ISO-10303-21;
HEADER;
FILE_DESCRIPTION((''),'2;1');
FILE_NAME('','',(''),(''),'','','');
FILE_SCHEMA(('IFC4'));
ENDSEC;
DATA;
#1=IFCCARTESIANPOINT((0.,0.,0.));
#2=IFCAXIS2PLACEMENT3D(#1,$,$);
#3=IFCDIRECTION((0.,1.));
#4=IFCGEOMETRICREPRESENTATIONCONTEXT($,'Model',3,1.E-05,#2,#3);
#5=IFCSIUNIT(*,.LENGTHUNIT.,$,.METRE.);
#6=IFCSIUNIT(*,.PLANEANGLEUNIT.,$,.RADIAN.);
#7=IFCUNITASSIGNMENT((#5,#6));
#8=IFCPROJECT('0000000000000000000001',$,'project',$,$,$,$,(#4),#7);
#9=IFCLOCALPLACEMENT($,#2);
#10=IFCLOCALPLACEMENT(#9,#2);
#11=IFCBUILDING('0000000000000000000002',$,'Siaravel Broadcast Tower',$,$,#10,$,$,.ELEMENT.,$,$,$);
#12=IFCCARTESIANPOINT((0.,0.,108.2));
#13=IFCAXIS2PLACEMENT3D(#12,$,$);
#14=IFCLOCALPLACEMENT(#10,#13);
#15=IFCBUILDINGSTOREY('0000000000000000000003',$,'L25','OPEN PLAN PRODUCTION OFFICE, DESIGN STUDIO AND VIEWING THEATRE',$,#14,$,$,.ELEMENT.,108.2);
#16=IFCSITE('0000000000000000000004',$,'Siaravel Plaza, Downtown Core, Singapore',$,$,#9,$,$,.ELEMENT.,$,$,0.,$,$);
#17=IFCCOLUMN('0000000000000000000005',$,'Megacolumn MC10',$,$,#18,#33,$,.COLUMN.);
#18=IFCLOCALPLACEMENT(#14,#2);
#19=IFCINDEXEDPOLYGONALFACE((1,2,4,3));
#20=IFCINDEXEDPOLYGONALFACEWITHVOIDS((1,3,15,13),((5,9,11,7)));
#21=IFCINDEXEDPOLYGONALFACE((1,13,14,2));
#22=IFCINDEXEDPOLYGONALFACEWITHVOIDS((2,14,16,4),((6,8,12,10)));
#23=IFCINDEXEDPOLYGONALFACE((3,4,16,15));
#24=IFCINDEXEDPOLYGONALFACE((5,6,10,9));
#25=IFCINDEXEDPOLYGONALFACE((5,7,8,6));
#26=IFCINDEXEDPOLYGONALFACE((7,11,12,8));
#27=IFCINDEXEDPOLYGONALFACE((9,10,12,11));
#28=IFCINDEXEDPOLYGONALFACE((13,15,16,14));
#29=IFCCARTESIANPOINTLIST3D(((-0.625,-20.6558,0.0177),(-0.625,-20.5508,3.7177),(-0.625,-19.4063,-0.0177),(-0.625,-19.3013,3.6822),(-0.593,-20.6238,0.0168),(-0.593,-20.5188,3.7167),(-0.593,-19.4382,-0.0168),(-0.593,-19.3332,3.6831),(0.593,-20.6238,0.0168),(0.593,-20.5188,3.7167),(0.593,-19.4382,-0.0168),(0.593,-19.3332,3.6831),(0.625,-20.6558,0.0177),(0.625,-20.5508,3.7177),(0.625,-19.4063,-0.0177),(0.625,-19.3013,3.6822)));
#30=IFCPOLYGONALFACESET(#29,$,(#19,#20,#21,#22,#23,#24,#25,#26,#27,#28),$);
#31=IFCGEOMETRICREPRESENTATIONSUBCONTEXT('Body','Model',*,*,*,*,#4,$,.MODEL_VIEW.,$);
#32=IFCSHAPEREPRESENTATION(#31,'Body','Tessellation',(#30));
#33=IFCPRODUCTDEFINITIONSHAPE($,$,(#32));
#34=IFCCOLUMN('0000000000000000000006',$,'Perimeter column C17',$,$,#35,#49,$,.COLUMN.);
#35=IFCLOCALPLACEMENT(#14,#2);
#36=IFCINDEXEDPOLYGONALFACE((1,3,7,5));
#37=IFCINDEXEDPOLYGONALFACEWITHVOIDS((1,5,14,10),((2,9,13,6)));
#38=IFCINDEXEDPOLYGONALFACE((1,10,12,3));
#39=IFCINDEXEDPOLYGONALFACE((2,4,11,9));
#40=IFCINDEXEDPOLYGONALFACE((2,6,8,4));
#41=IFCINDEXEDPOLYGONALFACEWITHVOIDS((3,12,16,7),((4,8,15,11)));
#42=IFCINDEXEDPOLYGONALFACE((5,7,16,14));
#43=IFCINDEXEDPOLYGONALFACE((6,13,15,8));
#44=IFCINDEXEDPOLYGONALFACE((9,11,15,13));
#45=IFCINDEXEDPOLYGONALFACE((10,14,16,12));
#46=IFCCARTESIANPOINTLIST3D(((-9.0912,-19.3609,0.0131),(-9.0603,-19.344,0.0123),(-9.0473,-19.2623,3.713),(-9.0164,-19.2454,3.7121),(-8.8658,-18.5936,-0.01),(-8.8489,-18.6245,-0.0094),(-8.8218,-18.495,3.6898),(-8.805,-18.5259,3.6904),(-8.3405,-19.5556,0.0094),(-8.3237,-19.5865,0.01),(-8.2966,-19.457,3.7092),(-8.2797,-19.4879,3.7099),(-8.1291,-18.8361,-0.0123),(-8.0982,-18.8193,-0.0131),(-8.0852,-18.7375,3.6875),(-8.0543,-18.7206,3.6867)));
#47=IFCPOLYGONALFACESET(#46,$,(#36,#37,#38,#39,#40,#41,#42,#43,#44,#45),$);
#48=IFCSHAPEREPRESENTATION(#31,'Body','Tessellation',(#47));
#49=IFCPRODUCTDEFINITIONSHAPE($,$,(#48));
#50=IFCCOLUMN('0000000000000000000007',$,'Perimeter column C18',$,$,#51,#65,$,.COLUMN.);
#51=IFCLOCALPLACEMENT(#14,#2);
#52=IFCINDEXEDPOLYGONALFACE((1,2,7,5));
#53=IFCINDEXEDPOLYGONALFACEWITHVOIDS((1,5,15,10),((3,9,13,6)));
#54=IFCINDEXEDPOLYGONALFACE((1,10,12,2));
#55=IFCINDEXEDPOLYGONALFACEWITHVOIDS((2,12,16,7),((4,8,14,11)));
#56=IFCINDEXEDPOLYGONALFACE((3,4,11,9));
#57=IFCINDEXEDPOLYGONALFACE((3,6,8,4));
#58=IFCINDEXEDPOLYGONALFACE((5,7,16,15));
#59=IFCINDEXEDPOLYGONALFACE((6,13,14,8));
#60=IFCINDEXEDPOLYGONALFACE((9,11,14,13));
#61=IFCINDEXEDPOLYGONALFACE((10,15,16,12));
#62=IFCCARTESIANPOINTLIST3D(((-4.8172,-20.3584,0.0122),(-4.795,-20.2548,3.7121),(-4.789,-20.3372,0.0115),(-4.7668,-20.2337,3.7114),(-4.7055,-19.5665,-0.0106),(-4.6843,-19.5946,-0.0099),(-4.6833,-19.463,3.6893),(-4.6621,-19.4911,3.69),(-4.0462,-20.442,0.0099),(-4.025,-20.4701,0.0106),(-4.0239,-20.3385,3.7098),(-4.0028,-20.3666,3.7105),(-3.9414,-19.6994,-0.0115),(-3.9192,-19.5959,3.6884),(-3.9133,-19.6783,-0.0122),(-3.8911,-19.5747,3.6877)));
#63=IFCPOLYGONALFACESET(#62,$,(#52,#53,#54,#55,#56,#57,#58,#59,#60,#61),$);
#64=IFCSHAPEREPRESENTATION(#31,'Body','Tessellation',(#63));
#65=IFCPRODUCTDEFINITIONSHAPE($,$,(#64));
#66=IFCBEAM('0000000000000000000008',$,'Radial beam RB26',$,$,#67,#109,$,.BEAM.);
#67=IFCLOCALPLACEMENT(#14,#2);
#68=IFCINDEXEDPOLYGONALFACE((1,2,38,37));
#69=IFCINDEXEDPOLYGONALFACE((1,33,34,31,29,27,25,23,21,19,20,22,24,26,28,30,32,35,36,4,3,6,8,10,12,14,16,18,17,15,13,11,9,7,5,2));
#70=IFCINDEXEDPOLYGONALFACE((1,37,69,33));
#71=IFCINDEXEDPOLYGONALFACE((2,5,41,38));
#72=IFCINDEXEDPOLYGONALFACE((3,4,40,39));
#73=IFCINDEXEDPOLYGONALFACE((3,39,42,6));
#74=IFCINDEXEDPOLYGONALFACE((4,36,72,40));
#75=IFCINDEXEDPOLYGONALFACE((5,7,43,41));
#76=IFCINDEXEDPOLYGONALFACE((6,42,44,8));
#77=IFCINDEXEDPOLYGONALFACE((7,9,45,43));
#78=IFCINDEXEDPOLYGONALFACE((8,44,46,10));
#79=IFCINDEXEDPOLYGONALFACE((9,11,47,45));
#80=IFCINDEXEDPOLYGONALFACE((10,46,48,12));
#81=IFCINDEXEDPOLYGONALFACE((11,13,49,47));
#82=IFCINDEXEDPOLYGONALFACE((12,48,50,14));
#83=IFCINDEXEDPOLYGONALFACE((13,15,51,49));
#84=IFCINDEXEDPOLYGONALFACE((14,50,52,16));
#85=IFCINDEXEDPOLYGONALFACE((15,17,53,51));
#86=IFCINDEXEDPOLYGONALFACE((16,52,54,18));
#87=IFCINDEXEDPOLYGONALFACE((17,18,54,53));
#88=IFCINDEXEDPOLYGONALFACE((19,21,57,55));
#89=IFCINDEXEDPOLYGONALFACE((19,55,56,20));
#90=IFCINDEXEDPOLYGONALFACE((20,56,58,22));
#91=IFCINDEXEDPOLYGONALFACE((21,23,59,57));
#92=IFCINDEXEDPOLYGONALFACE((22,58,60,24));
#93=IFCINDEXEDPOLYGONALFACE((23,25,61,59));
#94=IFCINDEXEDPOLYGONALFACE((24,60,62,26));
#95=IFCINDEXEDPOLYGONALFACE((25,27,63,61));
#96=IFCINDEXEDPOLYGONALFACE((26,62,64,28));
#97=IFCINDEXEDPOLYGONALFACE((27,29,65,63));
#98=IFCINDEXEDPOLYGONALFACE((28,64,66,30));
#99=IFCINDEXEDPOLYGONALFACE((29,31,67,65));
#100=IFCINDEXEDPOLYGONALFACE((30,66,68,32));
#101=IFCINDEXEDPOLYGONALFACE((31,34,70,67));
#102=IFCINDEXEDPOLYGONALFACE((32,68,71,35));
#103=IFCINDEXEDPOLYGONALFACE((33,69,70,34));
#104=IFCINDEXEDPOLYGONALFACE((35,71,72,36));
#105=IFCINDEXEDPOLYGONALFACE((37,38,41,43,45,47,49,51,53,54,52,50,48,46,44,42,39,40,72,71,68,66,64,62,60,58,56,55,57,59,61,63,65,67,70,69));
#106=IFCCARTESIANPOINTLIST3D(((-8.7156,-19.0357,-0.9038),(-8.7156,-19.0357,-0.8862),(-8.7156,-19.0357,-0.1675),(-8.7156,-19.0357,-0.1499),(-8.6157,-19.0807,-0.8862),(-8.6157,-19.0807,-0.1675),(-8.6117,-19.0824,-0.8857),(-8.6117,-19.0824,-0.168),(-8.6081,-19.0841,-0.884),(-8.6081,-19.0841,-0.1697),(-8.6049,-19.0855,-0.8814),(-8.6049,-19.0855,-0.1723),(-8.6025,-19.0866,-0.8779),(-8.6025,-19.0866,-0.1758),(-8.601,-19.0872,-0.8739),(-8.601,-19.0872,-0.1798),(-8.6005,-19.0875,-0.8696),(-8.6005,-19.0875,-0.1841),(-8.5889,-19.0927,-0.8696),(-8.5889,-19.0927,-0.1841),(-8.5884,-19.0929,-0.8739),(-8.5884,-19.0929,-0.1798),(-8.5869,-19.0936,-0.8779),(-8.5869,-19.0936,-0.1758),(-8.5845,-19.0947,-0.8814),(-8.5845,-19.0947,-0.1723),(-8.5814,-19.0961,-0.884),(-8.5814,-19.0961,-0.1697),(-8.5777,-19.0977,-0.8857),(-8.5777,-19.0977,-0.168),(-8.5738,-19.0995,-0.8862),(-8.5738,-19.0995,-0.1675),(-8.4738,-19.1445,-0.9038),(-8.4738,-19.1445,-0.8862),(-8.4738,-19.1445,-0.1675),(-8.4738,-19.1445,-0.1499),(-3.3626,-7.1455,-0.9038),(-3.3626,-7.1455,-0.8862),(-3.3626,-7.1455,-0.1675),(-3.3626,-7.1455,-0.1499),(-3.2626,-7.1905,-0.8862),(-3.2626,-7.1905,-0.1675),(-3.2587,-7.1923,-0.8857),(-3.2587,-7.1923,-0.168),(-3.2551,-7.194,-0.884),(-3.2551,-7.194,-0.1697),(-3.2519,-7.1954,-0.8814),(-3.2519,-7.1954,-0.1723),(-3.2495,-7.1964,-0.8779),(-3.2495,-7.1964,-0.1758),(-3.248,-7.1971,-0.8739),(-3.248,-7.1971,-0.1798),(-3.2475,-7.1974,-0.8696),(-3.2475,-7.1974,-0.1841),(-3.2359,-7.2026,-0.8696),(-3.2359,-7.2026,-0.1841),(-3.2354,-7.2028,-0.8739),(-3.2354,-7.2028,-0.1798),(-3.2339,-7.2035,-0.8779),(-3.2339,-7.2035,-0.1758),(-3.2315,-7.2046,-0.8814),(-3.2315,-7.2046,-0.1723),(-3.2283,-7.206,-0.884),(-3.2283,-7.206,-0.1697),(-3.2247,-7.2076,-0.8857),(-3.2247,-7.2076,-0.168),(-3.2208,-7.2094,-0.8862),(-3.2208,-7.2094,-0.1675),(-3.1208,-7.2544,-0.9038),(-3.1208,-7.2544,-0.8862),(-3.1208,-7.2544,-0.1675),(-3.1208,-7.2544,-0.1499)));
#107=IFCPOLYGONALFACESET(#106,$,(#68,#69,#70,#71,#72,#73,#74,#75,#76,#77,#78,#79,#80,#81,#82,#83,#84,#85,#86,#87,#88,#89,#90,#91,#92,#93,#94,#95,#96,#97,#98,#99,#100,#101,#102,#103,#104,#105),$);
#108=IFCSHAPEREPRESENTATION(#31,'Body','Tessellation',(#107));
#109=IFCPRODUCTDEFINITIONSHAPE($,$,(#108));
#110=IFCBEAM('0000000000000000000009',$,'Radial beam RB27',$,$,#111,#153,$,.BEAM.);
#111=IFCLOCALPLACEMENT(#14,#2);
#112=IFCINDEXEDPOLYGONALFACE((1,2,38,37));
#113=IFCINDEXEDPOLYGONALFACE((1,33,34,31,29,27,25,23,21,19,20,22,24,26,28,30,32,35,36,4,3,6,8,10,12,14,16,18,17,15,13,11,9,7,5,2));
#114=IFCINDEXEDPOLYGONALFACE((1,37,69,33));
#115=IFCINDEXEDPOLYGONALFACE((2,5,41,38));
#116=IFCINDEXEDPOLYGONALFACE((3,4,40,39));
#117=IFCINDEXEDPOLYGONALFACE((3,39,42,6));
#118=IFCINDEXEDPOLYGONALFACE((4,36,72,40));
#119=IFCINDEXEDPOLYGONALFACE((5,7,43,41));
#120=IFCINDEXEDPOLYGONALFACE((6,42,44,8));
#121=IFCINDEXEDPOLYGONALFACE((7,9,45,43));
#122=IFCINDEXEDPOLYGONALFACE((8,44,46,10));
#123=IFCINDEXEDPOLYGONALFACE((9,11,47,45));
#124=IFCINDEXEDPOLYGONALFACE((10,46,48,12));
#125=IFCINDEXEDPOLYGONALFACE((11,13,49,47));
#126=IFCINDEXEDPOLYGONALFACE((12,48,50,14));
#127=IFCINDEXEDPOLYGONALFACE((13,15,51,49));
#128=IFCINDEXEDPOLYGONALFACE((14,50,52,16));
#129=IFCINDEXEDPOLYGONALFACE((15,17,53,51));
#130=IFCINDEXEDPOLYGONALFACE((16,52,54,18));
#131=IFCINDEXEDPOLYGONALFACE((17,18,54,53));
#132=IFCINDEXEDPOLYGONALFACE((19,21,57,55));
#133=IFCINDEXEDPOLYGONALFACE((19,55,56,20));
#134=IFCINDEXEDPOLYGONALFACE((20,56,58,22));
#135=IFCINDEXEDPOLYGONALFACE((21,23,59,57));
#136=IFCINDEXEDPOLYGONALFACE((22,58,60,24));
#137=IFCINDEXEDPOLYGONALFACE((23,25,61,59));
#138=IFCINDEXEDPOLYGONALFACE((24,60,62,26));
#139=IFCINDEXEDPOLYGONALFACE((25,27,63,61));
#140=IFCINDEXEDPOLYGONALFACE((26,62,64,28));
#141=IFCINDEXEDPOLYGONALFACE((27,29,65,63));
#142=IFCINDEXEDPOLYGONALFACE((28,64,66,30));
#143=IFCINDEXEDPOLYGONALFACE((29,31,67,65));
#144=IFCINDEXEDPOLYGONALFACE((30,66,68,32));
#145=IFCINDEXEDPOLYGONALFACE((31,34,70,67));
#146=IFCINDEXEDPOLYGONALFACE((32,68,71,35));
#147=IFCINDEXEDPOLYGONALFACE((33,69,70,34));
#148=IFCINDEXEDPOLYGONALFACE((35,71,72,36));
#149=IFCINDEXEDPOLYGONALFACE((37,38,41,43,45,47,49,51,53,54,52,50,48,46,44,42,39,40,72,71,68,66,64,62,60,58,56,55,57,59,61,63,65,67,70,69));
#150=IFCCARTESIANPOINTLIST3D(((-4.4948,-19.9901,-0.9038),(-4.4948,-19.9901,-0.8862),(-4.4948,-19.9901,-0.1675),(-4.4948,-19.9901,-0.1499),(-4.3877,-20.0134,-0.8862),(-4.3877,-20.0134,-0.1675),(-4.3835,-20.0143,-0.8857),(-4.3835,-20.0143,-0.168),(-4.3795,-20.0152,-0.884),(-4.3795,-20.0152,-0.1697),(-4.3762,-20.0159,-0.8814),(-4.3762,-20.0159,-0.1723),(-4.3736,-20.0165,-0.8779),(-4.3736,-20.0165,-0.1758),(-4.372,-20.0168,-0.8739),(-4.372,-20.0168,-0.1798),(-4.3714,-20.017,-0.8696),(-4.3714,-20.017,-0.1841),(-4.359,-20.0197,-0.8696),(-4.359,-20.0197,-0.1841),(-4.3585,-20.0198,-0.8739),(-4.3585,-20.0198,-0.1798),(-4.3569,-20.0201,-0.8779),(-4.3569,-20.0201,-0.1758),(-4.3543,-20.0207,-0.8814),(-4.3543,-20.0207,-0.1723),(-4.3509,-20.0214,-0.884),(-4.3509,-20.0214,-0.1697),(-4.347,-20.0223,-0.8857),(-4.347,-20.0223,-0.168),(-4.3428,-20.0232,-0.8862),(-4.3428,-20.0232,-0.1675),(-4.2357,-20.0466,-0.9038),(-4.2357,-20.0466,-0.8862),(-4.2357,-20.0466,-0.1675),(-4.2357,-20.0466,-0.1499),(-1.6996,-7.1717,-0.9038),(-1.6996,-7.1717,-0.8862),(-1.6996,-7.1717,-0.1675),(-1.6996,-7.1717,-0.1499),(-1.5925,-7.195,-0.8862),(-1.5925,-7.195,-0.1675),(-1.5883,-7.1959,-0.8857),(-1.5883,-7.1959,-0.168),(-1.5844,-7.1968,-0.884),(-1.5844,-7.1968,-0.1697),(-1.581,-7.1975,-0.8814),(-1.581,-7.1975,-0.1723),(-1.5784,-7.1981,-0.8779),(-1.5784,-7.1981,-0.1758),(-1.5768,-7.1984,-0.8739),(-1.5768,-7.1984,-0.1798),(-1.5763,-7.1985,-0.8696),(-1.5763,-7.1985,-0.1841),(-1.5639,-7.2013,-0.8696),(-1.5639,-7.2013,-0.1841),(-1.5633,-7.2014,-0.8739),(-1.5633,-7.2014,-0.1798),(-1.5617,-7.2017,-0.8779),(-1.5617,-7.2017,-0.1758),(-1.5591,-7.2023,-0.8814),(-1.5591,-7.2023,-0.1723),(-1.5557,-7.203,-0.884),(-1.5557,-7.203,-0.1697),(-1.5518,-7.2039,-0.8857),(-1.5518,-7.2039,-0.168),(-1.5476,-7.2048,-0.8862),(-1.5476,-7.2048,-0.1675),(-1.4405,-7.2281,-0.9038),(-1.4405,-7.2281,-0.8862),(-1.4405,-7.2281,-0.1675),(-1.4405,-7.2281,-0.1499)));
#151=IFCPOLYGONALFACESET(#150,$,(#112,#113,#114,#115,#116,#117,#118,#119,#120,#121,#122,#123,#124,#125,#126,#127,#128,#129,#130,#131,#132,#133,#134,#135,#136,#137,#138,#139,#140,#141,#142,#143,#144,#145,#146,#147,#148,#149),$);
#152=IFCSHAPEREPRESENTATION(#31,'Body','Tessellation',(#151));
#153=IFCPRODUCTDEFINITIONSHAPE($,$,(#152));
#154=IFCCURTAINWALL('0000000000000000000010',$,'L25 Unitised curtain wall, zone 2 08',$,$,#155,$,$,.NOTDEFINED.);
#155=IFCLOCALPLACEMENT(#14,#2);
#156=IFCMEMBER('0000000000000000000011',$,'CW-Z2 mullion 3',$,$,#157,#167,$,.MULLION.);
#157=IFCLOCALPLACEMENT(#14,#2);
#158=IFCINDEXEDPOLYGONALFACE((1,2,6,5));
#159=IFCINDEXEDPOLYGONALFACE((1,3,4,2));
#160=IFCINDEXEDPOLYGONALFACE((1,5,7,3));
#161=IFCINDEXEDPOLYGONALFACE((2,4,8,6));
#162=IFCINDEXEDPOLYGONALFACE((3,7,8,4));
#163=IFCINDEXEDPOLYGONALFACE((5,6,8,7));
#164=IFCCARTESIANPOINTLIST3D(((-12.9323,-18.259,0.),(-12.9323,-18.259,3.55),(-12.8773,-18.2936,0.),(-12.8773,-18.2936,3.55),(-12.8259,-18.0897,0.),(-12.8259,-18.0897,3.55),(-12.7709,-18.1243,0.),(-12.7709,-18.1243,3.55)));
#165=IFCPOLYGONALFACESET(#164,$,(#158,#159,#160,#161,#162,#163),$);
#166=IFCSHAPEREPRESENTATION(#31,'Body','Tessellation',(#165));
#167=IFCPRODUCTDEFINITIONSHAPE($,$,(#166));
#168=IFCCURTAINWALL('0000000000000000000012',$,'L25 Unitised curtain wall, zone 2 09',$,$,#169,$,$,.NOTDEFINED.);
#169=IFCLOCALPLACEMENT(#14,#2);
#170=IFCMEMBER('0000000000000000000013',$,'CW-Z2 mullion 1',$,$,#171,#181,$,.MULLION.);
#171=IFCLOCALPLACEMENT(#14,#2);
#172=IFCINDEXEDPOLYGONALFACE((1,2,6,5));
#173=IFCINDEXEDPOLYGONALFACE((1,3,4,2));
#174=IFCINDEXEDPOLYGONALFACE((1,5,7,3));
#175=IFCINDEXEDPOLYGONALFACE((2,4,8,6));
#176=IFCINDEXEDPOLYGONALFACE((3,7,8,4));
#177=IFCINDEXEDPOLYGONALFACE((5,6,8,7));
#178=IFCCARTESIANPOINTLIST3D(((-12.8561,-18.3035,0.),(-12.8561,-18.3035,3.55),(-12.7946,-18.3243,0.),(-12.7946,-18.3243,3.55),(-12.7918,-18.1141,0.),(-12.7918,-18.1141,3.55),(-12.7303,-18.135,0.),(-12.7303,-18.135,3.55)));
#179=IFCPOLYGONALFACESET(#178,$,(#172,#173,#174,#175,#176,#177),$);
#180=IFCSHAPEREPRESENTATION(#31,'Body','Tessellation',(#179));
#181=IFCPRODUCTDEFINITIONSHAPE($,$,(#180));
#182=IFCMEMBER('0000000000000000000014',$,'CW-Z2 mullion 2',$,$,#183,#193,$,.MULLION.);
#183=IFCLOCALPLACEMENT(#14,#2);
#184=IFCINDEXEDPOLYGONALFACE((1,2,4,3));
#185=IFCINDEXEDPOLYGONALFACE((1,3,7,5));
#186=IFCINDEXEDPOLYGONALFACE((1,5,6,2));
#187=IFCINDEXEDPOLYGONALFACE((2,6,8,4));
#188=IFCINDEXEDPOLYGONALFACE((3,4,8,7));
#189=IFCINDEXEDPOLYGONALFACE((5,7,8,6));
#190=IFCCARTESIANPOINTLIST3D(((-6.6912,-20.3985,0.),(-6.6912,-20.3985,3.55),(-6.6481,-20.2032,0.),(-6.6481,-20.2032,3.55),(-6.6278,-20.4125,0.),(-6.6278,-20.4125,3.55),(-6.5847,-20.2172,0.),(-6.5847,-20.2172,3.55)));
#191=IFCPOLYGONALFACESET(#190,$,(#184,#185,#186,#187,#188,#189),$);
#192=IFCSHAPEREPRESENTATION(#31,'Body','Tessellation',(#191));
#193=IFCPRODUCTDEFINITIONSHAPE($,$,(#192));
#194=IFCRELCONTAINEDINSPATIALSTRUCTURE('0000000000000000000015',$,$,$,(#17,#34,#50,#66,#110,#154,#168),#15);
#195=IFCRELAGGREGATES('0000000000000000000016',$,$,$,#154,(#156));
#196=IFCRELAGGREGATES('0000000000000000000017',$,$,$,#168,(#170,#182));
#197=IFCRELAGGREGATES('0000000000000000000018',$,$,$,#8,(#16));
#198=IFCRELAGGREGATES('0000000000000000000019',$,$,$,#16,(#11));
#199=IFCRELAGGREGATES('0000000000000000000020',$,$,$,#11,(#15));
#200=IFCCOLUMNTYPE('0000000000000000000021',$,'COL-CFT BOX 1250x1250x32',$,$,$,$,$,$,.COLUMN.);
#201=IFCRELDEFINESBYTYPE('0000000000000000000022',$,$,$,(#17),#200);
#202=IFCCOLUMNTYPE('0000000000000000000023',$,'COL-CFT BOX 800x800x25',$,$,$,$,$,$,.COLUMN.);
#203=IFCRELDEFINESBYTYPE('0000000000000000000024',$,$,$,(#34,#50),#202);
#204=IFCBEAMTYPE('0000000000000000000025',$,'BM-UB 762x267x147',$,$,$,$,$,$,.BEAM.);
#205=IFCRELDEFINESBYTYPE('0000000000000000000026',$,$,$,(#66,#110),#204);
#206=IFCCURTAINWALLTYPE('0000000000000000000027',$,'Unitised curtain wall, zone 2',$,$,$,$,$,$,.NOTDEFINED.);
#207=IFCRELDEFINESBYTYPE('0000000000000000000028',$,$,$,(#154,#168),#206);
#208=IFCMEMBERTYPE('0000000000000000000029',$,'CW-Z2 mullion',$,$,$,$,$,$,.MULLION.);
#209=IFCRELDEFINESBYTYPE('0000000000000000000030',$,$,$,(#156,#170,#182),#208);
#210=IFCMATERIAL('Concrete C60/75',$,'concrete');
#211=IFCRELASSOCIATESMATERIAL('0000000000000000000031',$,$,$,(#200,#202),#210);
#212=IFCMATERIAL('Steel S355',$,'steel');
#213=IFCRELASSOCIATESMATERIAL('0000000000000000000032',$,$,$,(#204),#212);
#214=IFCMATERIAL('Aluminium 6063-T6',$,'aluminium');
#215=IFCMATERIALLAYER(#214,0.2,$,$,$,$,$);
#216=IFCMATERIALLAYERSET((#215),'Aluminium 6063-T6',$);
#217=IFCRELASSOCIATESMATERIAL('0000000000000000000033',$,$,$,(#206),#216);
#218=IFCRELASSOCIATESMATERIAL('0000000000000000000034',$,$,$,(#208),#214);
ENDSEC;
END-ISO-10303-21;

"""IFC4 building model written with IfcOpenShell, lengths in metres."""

from ifc_helpers import new_model, si_unit, direction, frame, origin, origin_2d, place, context, subcontext, project, spatial, rectangle, hollow_rectangle, i_section, extrude, material, layer, layer_set, material_profile, profile_set, type_object, element, aggregate, save


model = new_model("IFC4")

# Units and contexts
model_context = context("Model", 3, precision=1e-05, world=origin(), true_north=direction((0.0, 1.0)))
body_context = subcontext(model_context, "Body", "Model", "MODEL_VIEW")
ifc_project = project(units=[si_unit("LENGTHUNIT", "METRE"), si_unit("PLANEANGLEUNIT", "RADIAN")], contexts=[model_context])

# Site, building, storey
site_placement = place(None, origin())
site = spatial("IfcSite", under=ifc_project, at=site_placement, Name="Siaravel Plaza, Downtown Core, Singapore", CompositionType="ELEMENT", RefElevation=0.0)
building_placement = place(site_placement, origin())
building = spatial("IfcBuilding", under=site, at=building_placement, Name="Siaravel Broadcast Tower", CompositionType="ELEMENT")
storey_placement = place(building_placement, frame((0.0, 0.0, 108.2)))
storey = spatial("IfcBuildingStorey", under=building, at=storey_placement, Name="L25", Description="OPEN PLAN PRODUCTION OFFICE, DESIGN STUDIO AND VIEWING THEATRE", CompositionType="ELEMENT", Elevation=108.2)

# Columns
ifc_material_1 = material(Name="Concrete C60/75", Category="concrete")
ifc_material_profile_1 = material_profile(ifc_material_1, hollow_rectangle(XDim=1.25, YDim=1.25, WallThickness=0.032, at=origin_2d()))
ifc_profile_set_1 = profile_set([ifc_material_profile_1], Name="Concrete C60/75")
column_type_1 = type_object("IfcColumnType", Name="COL-CFT BOX 1250x1250x32", PredefinedType="COLUMN", material=ifc_profile_set_1)
column_placement = place(storey_placement, frame((0.0, -20.031, 0.0), z_axis=(0.0, 0.028362, 0.999598), x_axis=(-1.0, 0.0, 0.0)))
element("IfcColumn", 1, at=column_placement, inside=storey, type_object=column_type_1, Name="Megacolumn MC10", PredefinedType="COLUMN", context=body_context, shape_type="SweptSolid", body=[
    extrude(hollow_rectangle(XDim=1.25, YDim=1.25, WallThickness=0.032, at=origin_2d()), origin(), (0.0, 0.0, 1.0), 3.7014),
])
ifc_material_profile_2 = material_profile(ifc_material_1, hollow_rectangle(XDim=0.8, YDim=0.8, WallThickness=0.0249, at=origin_2d()))
ifc_profile_set_2 = profile_set([ifc_material_profile_2], Name="Concrete C60/75")
column_type_2 = type_object("IfcColumnType", Name="COL-CFT BOX 800x800x25", PredefinedType="COLUMN", material=ifc_profile_set_2)
for number, where, z_axis, x_axis, name in (
    (2, (-8.5947, -19.0901, 0.0), (0.011872, 0.026647, 0.999574), (-0.959399, 0.282026, 0.003877), "Perimeter column C17"),
    (3, (-4.3652, -20.0183, 0.0), (0.006002, 0.027966, 0.999591), (-0.990188, 0.139724, 0.002037), "Perimeter column C18"),
):
    element("IfcColumn", number, at=place(storey_placement, frame(where, z_axis=z_axis, x_axis=x_axis)), inside=storey, type_object=column_type_2, Name=name, PredefinedType="COLUMN", context=body_context, shape_type="SweptSolid", body=[
        extrude(hollow_rectangle(XDim=0.8, YDim=0.8, WallThickness=0.0249, at=origin_2d()), origin(), (0.0, 0.0, 1.0), 3.7014),
    ])

# Beams
ifc_material_2 = material(Name="Steel S355", Category="steel")
ifc_material_profile_3 = material_profile(ifc_material_2, i_section(OverallWidth=0.2651, OverallDepth=0.7539, WebThickness=0.0127, FlangeThickness=0.0176, FilletRadius=0.0166, at=origin_2d()))
ifc_profile_set_3 = profile_set([ifc_material_profile_3], Name="Steel S355")
beam_type = type_object("IfcBeamType", Name="BM-UB 762x267x147", PredefinedType="BEAM", material=ifc_profile_set_3)
beam_1_placement = place(storey_placement, frame((-8.5947, -19.0901, -0.5269), z_axis=(0.410522, 0.911851, 0.0), x_axis=(-0.911851, 0.410522, 0.0)))
element("IfcBeam", 4, at=beam_1_placement, inside=storey, type_object=beam_type, Name="Radial beam RB26", PredefinedType="BEAM", context=body_context, shape_type="SweptSolid", body=[
    extrude(i_section(OverallWidth=0.2651, OverallDepth=0.7539, WebThickness=0.0127, FlangeThickness=0.0176, FilletRadius=0.0166, at=origin_2d()), origin(), (0.0, 0.0, 1.0), 13.0396),
])
beam_2_placement = place(storey_placement, frame((-4.3652, -20.0183, -0.5269), z_axis=(0.213053, 0.977041, 0.0), x_axis=(-0.977041, 0.213053, 0.0)))
element("IfcBeam", 5, at=beam_2_placement, inside=storey, type_object=beam_type, Name="Radial beam RB27", PredefinedType="BEAM", context=body_context, shape_type="SweptSolid", body=[
    extrude(i_section(OverallWidth=0.2651, OverallDepth=0.7539, WebThickness=0.0127, FlangeThickness=0.0176, FilletRadius=0.0166, at=origin_2d()), origin(), (0.0, 0.0, 1.0), 13.1196),
])

# Curtain wall, member
ifc_material_3 = material(Name="Aluminium 6063-T6", Category="aluminium")
ifc_layer_1 = layer(ifc_material_3, 0.2)
ifc_layer_set_1 = layer_set([ifc_layer_1], Name="Aluminium 6063-T6")
curtain_wall_type = type_object("IfcCurtainWallType", Name="Unitised curtain wall, zone 2", PredefinedType="NOTDEFINED", material=ifc_layer_set_1)
curtain_wall_1_placement = place(storey_placement, origin())
curtain_wall_1 = element("IfcCurtainWall", 6, at=curtain_wall_1_placement, inside=storey, type_object=curtain_wall_type, Name="L25 Unitised curtain wall, zone 2 08", PredefinedType="NOTDEFINED")
ifc_material_profile_4 = material_profile(ifc_material_3, rectangle(XDim=0.2, YDim=0.0649, at=origin_2d()))
ifc_profile_set_4 = profile_set([ifc_material_profile_4], Name="Aluminium 6063-T6")
member_type_1 = type_object("IfcMemberType", Name="CW-Z2 mullion", PredefinedType="MULLION", material=ifc_profile_set_4)
member_1_placement = place(storey_placement, frame((-12.8516, -18.1917, 0.0), z_axis=(0.0, 0.0, 1.0), x_axis=(0.532149, 0.846651, 0.0)))
member_1 = element("IfcMember", 7, at=member_1_placement, type_object=member_type_1, Name="CW-Z2 mullion 3", PredefinedType="MULLION", context=body_context, shape_type="SweptSolid", body=[
    extrude(rectangle(XDim=0.2, YDim=0.0649, at=origin_2d()), origin(), (0.0, 0.0, 1.0), 3.55),
])
aggregate(curtain_wall_1, [member_1])

# Curtain wall, members
curtain_wall_2_placement = place(storey_placement, origin())
curtain_wall_2 = element("IfcCurtainWall", 8, at=curtain_wall_2_placement, inside=storey, type_object=curtain_wall_type, Name="L25 Unitised curtain wall, zone 2 09", PredefinedType="NOTDEFINED")
member_2_placement = place(storey_placement, frame((-12.7932, -18.2192, 0.0), z_axis=(0.0, 0.0, 1.0), x_axis=(0.321301, 0.946977, 0.0)))
member_2 = element("IfcMember", 9, at=member_2_placement, type_object=member_type_1, Name="CW-Z2 mullion 1", PredefinedType="MULLION", context=body_context, shape_type="SweptSolid", body=[
    extrude(rectangle(XDim=0.2, YDim=0.0649, at=origin_2d()), origin(), (0.0, 0.0, 1.0), 3.55),
])
member_3_placement = place(storey_placement, frame((-6.6379, -20.3079, 0.0), z_axis=(0.0, 0.0, 1.0), x_axis=(0.215558, 0.976491, 0.0)))
member_3 = element("IfcMember", 10, at=member_3_placement, type_object=member_type_1, Name="CW-Z2 mullion 2", PredefinedType="MULLION", context=body_context, shape_type="SweptSolid", body=[
    extrude(rectangle(XDim=0.2, YDim=0.0649, at=origin_2d()), origin(), (0.0, 0.0, 1.0), 3.55),
])

aggregate(curtain_wall_2, [member_2, member_3])

save(model, "model.ifc")
